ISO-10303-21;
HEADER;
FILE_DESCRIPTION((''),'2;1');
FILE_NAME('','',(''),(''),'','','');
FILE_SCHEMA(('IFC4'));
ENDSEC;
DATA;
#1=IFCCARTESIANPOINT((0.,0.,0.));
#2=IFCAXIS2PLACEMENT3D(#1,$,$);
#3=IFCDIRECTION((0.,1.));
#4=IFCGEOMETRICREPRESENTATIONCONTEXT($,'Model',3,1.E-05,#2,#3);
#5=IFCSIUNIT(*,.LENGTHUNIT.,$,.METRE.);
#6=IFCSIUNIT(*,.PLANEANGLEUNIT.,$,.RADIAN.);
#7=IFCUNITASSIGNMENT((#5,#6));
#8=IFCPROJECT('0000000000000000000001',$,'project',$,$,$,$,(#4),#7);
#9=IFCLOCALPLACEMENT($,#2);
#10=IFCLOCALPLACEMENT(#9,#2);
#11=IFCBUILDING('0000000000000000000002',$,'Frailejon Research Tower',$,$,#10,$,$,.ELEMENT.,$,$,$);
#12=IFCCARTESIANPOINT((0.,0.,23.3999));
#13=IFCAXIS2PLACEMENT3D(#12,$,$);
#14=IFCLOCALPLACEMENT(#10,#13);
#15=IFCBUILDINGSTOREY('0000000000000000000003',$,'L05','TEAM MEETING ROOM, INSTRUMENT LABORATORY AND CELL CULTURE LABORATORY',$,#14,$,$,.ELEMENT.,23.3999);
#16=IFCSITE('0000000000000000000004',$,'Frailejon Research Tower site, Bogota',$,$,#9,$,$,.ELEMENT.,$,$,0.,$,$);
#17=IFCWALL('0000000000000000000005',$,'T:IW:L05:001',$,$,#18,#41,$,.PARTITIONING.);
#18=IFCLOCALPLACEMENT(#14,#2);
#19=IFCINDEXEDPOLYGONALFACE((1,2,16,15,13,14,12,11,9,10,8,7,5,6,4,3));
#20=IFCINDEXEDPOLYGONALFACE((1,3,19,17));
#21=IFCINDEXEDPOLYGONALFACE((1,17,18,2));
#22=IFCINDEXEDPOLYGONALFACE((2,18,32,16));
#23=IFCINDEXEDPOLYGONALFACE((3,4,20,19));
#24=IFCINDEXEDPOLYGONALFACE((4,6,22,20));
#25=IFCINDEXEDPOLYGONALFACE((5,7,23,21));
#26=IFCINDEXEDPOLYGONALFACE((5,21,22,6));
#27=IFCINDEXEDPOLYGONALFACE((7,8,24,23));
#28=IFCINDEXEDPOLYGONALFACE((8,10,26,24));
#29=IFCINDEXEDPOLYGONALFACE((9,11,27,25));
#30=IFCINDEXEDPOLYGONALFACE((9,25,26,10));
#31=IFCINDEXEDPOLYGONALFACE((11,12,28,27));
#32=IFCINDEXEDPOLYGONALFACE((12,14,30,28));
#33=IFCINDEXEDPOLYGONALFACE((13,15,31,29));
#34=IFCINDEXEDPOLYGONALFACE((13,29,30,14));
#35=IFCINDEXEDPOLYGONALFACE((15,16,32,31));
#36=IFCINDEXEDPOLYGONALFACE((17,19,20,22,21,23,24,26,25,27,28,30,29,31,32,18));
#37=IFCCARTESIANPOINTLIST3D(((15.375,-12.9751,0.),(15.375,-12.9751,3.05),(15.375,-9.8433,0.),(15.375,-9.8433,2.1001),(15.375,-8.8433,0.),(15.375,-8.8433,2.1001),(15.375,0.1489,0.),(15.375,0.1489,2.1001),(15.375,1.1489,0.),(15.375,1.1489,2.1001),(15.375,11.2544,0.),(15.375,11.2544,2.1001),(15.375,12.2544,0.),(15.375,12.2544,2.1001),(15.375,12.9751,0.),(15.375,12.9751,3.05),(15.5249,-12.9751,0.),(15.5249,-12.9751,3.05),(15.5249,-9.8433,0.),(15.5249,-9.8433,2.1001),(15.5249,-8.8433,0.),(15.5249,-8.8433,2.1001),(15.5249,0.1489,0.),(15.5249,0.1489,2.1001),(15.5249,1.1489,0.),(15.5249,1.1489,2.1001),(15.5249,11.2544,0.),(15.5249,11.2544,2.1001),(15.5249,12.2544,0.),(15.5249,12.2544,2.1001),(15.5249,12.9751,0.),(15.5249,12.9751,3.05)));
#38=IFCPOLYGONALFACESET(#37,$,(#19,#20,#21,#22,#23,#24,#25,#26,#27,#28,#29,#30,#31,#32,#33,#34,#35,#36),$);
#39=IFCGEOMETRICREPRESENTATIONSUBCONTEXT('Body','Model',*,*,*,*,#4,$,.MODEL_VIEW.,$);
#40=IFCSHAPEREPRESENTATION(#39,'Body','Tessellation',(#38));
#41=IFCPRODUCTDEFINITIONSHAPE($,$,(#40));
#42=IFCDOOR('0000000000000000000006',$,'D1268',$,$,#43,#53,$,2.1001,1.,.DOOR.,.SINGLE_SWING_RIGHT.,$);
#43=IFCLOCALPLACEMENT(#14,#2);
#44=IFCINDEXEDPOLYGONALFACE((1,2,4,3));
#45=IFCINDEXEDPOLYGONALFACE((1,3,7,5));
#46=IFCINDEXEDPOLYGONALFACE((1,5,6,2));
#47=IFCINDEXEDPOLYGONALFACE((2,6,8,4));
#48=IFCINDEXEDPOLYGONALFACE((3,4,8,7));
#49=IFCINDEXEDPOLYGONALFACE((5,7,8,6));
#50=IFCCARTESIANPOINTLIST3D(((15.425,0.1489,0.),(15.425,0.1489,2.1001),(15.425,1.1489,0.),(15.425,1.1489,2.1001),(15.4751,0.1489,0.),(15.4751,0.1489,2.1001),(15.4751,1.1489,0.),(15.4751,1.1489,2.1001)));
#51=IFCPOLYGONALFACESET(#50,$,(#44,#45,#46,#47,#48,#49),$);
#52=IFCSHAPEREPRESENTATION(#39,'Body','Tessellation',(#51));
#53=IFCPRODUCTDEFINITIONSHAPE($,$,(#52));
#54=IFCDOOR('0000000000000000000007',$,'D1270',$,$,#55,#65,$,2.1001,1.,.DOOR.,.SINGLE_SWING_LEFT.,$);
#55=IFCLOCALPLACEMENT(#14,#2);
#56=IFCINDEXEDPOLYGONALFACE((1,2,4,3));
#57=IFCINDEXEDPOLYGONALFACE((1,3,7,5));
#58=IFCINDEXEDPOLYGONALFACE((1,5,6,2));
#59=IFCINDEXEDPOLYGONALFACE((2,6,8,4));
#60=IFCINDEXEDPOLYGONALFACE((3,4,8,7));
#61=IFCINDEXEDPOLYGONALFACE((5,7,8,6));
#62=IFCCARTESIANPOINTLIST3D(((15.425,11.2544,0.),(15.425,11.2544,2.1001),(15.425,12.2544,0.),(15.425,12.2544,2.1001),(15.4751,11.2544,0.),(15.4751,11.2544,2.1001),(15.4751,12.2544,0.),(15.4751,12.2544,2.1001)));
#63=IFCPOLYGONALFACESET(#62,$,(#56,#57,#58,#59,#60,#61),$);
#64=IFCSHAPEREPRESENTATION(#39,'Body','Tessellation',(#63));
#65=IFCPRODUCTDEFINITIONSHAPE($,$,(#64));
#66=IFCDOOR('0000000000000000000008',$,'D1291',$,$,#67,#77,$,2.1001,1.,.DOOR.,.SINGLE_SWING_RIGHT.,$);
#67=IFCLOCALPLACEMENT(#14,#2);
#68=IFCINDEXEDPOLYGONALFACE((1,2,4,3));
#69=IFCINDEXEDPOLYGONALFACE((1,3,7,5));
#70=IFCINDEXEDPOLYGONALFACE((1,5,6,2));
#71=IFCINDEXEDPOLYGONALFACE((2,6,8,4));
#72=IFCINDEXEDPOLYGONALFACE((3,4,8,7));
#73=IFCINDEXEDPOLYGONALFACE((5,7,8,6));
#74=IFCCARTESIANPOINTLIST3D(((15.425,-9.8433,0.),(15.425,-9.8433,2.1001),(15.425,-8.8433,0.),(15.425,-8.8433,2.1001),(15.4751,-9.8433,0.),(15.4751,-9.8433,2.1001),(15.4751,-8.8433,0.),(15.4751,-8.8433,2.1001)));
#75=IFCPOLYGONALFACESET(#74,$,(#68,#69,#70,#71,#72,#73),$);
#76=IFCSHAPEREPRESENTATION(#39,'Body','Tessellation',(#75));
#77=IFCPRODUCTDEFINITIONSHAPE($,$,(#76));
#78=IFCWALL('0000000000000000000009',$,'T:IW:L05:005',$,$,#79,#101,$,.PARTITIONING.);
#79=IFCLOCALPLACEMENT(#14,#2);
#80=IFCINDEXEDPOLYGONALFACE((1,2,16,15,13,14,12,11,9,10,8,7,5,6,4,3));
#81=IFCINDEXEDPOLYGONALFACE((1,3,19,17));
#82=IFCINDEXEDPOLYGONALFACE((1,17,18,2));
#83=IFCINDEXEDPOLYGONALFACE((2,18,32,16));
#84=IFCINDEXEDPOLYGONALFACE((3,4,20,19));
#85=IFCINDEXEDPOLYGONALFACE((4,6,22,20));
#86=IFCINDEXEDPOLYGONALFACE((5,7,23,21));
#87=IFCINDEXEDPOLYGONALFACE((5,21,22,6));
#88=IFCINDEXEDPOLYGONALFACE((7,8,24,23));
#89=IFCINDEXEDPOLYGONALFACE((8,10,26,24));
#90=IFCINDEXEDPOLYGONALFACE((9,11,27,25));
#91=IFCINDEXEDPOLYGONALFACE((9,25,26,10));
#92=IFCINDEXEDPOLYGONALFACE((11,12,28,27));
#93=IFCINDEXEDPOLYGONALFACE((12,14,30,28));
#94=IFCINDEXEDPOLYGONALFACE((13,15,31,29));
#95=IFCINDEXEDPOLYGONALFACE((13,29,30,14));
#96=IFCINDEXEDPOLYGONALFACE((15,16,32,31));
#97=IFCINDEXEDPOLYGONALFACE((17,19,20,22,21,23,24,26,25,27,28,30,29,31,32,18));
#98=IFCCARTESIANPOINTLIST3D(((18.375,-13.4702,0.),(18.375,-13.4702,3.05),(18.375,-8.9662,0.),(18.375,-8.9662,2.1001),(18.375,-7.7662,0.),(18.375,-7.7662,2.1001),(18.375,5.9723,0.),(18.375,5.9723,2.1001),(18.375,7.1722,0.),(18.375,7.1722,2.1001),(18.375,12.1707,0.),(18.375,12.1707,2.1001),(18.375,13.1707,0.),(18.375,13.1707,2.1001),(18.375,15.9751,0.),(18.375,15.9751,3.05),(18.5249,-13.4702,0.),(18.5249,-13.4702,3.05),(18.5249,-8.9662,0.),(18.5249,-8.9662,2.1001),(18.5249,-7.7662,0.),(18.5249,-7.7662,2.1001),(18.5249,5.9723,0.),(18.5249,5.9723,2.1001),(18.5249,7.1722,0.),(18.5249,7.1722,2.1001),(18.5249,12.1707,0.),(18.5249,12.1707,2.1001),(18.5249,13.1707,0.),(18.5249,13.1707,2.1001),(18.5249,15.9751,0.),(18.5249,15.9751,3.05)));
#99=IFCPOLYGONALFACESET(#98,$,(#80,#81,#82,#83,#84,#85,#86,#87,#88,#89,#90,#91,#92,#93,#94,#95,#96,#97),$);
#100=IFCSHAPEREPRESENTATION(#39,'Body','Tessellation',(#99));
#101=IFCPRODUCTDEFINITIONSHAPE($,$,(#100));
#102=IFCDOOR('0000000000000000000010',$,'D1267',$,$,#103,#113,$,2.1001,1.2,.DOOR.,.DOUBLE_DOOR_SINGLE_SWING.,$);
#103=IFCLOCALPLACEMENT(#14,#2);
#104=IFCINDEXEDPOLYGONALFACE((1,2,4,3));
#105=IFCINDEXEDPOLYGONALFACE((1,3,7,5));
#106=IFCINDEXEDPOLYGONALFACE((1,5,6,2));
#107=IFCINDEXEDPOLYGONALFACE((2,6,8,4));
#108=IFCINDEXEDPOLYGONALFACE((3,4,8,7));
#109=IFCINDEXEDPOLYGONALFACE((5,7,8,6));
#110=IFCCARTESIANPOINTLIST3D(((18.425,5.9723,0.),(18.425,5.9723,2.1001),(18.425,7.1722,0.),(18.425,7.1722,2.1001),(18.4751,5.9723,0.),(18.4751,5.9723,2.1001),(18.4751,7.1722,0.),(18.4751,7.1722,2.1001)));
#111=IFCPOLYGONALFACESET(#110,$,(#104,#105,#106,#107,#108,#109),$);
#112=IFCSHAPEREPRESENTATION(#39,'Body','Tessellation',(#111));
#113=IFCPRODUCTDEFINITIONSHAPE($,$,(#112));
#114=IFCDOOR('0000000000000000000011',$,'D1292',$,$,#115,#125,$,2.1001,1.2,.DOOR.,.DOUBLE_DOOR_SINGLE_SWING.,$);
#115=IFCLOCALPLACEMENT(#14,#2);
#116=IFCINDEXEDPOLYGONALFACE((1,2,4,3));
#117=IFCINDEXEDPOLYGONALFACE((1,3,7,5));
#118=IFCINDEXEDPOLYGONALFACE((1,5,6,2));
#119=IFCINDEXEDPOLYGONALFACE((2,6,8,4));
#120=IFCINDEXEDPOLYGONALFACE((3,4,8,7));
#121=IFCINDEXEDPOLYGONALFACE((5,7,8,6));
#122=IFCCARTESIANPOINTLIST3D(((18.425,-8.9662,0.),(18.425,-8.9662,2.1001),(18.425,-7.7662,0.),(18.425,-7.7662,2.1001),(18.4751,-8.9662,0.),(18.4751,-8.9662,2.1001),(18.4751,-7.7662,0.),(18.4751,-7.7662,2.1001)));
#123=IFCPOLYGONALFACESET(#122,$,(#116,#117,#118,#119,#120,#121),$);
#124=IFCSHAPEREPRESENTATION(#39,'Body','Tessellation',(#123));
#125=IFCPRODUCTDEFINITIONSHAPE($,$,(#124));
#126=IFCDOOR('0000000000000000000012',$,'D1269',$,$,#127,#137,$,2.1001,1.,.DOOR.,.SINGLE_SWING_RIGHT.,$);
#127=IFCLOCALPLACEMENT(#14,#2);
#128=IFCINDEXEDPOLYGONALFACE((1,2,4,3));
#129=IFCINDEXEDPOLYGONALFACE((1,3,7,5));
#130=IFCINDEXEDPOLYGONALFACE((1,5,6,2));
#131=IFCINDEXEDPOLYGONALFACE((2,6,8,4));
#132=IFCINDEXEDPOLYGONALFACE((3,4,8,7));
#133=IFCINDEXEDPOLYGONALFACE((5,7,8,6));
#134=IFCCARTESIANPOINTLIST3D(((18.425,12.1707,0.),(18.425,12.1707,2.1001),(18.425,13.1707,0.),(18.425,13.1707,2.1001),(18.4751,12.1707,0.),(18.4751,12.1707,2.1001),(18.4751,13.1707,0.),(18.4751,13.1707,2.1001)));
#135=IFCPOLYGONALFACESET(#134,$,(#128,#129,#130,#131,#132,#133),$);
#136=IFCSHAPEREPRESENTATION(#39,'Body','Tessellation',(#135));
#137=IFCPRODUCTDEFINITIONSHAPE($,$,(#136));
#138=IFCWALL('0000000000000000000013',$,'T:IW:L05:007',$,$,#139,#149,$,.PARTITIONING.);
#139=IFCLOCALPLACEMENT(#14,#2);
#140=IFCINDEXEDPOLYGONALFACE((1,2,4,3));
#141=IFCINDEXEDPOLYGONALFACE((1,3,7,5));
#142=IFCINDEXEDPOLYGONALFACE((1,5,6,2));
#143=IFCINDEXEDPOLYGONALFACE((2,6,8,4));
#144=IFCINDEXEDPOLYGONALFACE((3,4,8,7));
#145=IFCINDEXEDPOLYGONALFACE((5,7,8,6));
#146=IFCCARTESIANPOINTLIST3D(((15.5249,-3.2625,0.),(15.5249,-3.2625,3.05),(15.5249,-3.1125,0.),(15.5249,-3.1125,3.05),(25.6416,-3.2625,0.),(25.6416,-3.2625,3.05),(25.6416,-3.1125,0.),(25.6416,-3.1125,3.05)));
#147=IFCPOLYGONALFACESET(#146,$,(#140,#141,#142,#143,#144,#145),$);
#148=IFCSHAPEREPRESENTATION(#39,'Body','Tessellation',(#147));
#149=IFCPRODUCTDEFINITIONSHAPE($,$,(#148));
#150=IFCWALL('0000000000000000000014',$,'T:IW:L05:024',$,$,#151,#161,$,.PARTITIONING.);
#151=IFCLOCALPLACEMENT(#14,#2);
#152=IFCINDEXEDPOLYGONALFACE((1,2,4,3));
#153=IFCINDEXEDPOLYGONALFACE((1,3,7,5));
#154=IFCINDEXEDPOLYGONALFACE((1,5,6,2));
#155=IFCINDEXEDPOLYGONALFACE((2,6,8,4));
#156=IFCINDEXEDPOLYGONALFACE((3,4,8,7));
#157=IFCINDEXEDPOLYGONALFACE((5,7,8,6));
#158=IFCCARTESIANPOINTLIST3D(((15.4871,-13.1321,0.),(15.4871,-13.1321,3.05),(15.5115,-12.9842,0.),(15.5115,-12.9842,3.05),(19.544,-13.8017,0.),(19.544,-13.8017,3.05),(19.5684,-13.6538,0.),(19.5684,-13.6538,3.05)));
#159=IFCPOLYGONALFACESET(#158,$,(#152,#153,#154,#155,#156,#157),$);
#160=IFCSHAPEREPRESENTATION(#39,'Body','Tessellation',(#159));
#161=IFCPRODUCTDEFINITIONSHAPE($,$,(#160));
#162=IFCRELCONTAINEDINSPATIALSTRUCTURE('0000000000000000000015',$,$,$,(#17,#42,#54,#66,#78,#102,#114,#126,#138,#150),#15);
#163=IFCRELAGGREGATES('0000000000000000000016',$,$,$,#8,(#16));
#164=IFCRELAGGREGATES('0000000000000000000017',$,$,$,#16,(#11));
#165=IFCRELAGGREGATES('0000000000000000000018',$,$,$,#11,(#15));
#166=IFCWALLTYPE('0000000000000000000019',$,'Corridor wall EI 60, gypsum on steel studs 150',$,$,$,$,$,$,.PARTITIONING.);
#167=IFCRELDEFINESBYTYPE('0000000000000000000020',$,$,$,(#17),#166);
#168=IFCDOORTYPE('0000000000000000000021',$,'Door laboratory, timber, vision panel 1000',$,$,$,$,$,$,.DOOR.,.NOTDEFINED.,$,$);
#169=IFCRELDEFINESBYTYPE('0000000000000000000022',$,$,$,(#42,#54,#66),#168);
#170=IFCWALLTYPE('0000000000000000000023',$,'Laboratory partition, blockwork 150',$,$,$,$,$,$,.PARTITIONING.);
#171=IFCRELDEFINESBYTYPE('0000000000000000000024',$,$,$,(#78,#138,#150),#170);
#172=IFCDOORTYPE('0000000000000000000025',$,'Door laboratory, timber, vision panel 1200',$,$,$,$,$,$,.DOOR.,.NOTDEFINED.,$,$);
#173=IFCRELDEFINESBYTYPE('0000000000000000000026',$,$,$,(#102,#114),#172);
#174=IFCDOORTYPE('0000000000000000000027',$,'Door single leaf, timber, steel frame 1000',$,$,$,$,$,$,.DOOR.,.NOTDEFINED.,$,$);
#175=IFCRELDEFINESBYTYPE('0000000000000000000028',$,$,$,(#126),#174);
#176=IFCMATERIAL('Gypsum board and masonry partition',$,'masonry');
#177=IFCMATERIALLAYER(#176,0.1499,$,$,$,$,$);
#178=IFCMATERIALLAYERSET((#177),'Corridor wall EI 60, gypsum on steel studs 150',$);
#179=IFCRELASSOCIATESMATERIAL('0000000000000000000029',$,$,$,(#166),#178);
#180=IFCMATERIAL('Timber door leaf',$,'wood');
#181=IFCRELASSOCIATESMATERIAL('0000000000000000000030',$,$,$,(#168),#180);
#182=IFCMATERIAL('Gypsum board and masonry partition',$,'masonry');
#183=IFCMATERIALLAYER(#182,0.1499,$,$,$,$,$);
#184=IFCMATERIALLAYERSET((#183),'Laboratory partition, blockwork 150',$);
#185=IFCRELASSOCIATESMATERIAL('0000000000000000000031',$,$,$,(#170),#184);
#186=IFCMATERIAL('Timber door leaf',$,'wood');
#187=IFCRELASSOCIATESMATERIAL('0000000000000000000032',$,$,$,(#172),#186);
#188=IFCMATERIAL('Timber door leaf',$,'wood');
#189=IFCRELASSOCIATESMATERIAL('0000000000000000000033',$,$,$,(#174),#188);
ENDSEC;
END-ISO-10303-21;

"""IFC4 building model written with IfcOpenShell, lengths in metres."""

from ifc_helpers import new_model, si_unit, direction, frame, frame_2d, origin, place, context, subcontext, project, spatial, rectangle, extrude, material, layer, layer_set, type_object, element, fill, save


model = new_model("IFC4")

# Units and contexts
model_context = context("Model", 3, precision=1e-05, world=origin(), true_north=direction((0.0, 1.0)))
body_context = subcontext(model_context, "Body", "Model", "MODEL_VIEW")
ifc_project = project(units=[si_unit("LENGTHUNIT", "METRE"), si_unit("PLANEANGLEUNIT", "RADIAN")], contexts=[model_context])

# Site, building, storey
site_placement = place(None, origin())
site = spatial("IfcSite", under=ifc_project, at=site_placement, Name="Frailejon Research Tower site, Bogota", CompositionType="ELEMENT", RefElevation=0.0)
building_placement = place(site_placement, origin())
building = spatial("IfcBuilding", under=site, at=building_placement, Name="Frailejon Research Tower", CompositionType="ELEMENT")
storey_placement = place(building_placement, frame((0.0, 0.0, 23.3999)))
storey = spatial("IfcBuildingStorey", under=building, at=storey_placement, Name="L05", Description="TEAM MEETING ROOM, INSTRUMENT LABORATORY AND CELL CULTURE LABORATORY", CompositionType="ELEMENT", Elevation=23.3999)

# Walls, openings, doors
ifc_material_1 = material(Name="Gypsum board and masonry partition", Category="masonry")
ifc_layer_1 = layer(ifc_material_1, 0.1499)
ifc_layer_set_1 = layer_set([ifc_layer_1], Name="Corridor wall EI 60, gypsum on steel studs 150")
wall_type_1 = type_object("IfcWallType", Name="Corridor wall EI 60, gypsum on steel studs 150", PredefinedType="PARTITIONING", material=ifc_layer_set_1)
wall_1_placement = place(storey_placement, frame((15.45, -12.9751, 0.0), z_axis=(0.0, 0.0, 1.0), x_axis=(0.0, 1.0, 0.0)))
wall_1 = element("IfcWall", 1, at=wall_1_placement, inside=storey, type_object=wall_type_1, Name="T:IW:L05:001", PredefinedType="PARTITIONING", context=body_context, shape_type="SweptSolid", body=[
    extrude(rectangle(XDim=25.9502, YDim=0.1499, at=frame_2d((12.9751, 0.0))), origin(), (0.0, 0.0, 1.0), 3.05),
])
opening_1_placement = place(wall_1_placement, frame((13.124, 0.0, 0.0)))
opening_1 = element("IfcOpeningElement", 2, at=opening_1_placement, cuts=wall_1, PredefinedType="OPENING", context=body_context, shape_type="SweptSolid", body=[
    extrude(rectangle(XDim=1.0, YDim=2.1001, at=frame_2d((0.5, 1.05))), frame((0.0, 0.085, 0.0), z_axis=(0.0, -1.0, 0.0), x_axis=(1.0, 0.0, 0.0)), (0.0, 0.0, 1.0), 0.1699),
])
opening_2_placement = place(wall_1_placement, frame((24.2295, 0.0, 0.0)))
opening_2 = element("IfcOpeningElement", 3, at=opening_2_placement, cuts=wall_1, PredefinedType="OPENING", context=body_context, shape_type="SweptSolid", body=[
    extrude(rectangle(XDim=1.0, YDim=2.1001, at=frame_2d((0.5, 1.05))), frame((0.0, 0.085, 0.0), z_axis=(0.0, -1.0, 0.0), x_axis=(1.0, 0.0, 0.0)), (0.0, 0.0, 1.0), 0.1699),
])
opening_3_placement = place(wall_1_placement, frame((3.1318, 0.0, 0.0)))
opening_3 = element("IfcOpeningElement", 4, at=opening_3_placement, cuts=wall_1, PredefinedType="OPENING", context=body_context, shape_type="SweptSolid", body=[
    extrude(rectangle(XDim=1.0, YDim=2.1001, at=frame_2d((0.5, 1.05))), frame((0.0, 0.085, 0.0), z_axis=(0.0, -1.0, 0.0), x_axis=(1.0, 0.0, 0.0)), (0.0, 0.0, 1.0), 0.1699),
])
ifc_material_2 = material(Name="Timber door leaf", Category="wood")
door_type_1 = type_object("IfcDoorType", Name="Door laboratory, timber, vision panel 1000", OperationType="NOTDEFINED", PredefinedType="DOOR", material=ifc_material_2)
door_1_placement = place(opening_1_placement, origin())
door_1 = element("IfcDoor", 5, at=door_1_placement, inside=storey, type_object=door_type_1, Name="D1268", OperationType="SINGLE_SWING_RIGHT", OverallHeight=2.1001, OverallWidth=1.0, PredefinedType="DOOR", context=body_context, shape_type="SweptSolid", body=[
    extrude(rectangle(XDim=1.0, YDim=2.1001, at=frame_2d((0.5, 1.05))), frame((0.0, 0.0249, 0.0), z_axis=(0.0, -1.0, 0.0), x_axis=(1.0, 0.0, 0.0)), (0.0, 0.0, 1.0), 0.05),
])
fill(opening_1, door_1)
door_2_placement = place(opening_2_placement, origin())
door_2 = element("IfcDoor", 6, at=door_2_placement, inside=storey, type_object=door_type_1, Name="D1270", OperationType="SINGLE_SWING_LEFT", OverallHeight=2.1001, OverallWidth=1.0, PredefinedType="DOOR", context=body_context, shape_type="SweptSolid", body=[
    extrude(rectangle(XDim=1.0, YDim=2.1001, at=frame_2d((0.5, 1.05))), frame((0.0, 0.0249, 0.0), z_axis=(0.0, -1.0, 0.0), x_axis=(1.0, 0.0, 0.0)), (0.0, 0.0, 1.0), 0.05),
])
fill(opening_2, door_2)
door_3_placement = place(opening_3_placement, origin())
door_3 = element("IfcDoor", 7, at=door_3_placement, inside=storey, type_object=door_type_1, Name="D1291", OperationType="SINGLE_SWING_RIGHT", OverallHeight=2.1001, OverallWidth=1.0, PredefinedType="DOOR", context=body_context, shape_type="SweptSolid", body=[
    extrude(rectangle(XDim=1.0, YDim=2.1001, at=frame_2d((0.5, 1.05))), frame((0.0, 0.0249, 0.0), z_axis=(0.0, -1.0, 0.0), x_axis=(1.0, 0.0, 0.0)), (0.0, 0.0, 1.0), 0.05),
])
fill(opening_3, door_3)
ifc_material_3 = material(Name="Gypsum board and masonry partition", Category="masonry")
ifc_layer_2 = layer(ifc_material_3, 0.1499)
ifc_layer_set_2 = layer_set([ifc_layer_2], Name="Laboratory partition, blockwork 150")
wall_type_2 = type_object("IfcWallType", Name="Laboratory partition, blockwork 150", PredefinedType="PARTITIONING", material=ifc_layer_set_2)
wall_2_placement = place(storey_placement, frame((18.45, -13.4702, 0.0), z_axis=(0.0, 0.0, 1.0), x_axis=(0.0, 1.0, 0.0)))
wall_2 = element("IfcWall", 8, at=wall_2_placement, inside=storey, type_object=wall_type_2, Name="T:IW:L05:005", PredefinedType="PARTITIONING", context=body_context, shape_type="SweptSolid", body=[
    extrude(rectangle(XDim=29.4453, YDim=0.1499, at=frame_2d((14.7227, 0.0))), origin(), (0.0, 0.0, 1.0), 3.05),
])
opening_4_placement = place(wall_2_placement, frame((19.4424, 0.0, 0.0)))
opening_4 = element("IfcOpeningElement", 9, at=opening_4_placement, cuts=wall_2, PredefinedType="OPENING", context=body_context, shape_type="SweptSolid", body=[
    extrude(rectangle(XDim=1.2, YDim=2.1001, at=frame_2d((0.6001, 1.05))), frame((0.0, 0.085, 0.0), z_axis=(0.0, -1.0, 0.0), x_axis=(1.0, 0.0, 0.0)), (0.0, 0.0, 1.0), 0.1699),
])
opening_5_placement = place(wall_2_placement, frame((25.6409, 0.0, 0.0)))
opening_5 = element("IfcOpeningElement", 10, at=opening_5_placement, cuts=wall_2, PredefinedType="OPENING", context=body_context, shape_type="SweptSolid", body=[
    extrude(rectangle(XDim=1.0, YDim=2.1001, at=frame_2d((0.5, 1.05))), frame((0.0, 0.085, 0.0), z_axis=(0.0, -1.0, 0.0), x_axis=(1.0, 0.0, 0.0)), (0.0, 0.0, 1.0), 0.1699),
])
opening_6_placement = place(wall_2_placement, frame((4.5039, 0.0, 0.0)))
opening_6 = element("IfcOpeningElement", 11, at=opening_6_placement, cuts=wall_2, PredefinedType="OPENING", context=body_context, shape_type="SweptSolid", body=[
    extrude(rectangle(XDim=1.2, YDim=2.1001, at=frame_2d((0.6001, 1.05))), frame((0.0, 0.085, 0.0), z_axis=(0.0, -1.0, 0.0), x_axis=(1.0, 0.0, 0.0)), (0.0, 0.0, 1.0), 0.1699),
])
ifc_material_4 = material(Name="Timber door leaf", Category="wood")
door_type_2 = type_object("IfcDoorType", Name="Door laboratory, timber, vision panel 1200", OperationType="NOTDEFINED", PredefinedType="DOOR", material=ifc_material_4)
door_4_placement = place(opening_4_placement, origin())
door_4 = element("IfcDoor", 12, at=door_4_placement, inside=storey, type_object=door_type_2, Name="D1267", OperationType="DOUBLE_DOOR_SINGLE_SWING", OverallHeight=2.1001, OverallWidth=1.2, PredefinedType="DOOR", context=body_context, shape_type="SweptSolid", body=[
    extrude(rectangle(XDim=1.2, YDim=2.1001, at=frame_2d((0.6001, 1.05))), frame((0.0, 0.0249, 0.0), z_axis=(0.0, -1.0, 0.0), x_axis=(1.0, 0.0, 0.0)), (0.0, 0.0, 1.0), 0.05),
])
fill(opening_4, door_4)
door_5_placement = place(opening_6_placement, origin())
door_5 = element("IfcDoor", 13, at=door_5_placement, inside=storey, type_object=door_type_2, Name="D1292", OperationType="DOUBLE_DOOR_SINGLE_SWING", OverallHeight=2.1001, OverallWidth=1.2, PredefinedType="DOOR", context=body_context, shape_type="SweptSolid", body=[
    extrude(rectangle(XDim=1.2, YDim=2.1001, at=frame_2d((0.6001, 1.05))), frame((0.0, 0.0249, 0.0), z_axis=(0.0, -1.0, 0.0), x_axis=(1.0, 0.0, 0.0)), (0.0, 0.0, 1.0), 0.05),
])
fill(opening_6, door_5)
ifc_material_5 = material(Name="Timber door leaf", Category="wood")
door_type_3 = type_object("IfcDoorType", Name="Door single leaf, timber, steel frame 1000", OperationType="NOTDEFINED", PredefinedType="DOOR", material=ifc_material_5)
door_6_placement = place(opening_5_placement, origin())
door_6 = element("IfcDoor", 14, at=door_6_placement, inside=storey, type_object=door_type_3, Name="D1269", OperationType="SINGLE_SWING_RIGHT", OverallHeight=2.1001, OverallWidth=1.0, PredefinedType="DOOR", context=body_context, shape_type="SweptSolid", body=[
    extrude(rectangle(XDim=1.0, YDim=2.1001, at=frame_2d((0.5, 1.05))), frame((0.0, 0.0249, 0.0), z_axis=(0.0, -1.0, 0.0), x_axis=(1.0, 0.0, 0.0)), (0.0, 0.0, 1.0), 0.05),
])
fill(opening_5, door_6)

# Walls
wall_3_placement = place(storey_placement, frame((15.5249, -3.1875, 0.0), z_axis=(0.0, 0.0, 1.0), x_axis=(1.0, 0.0, 0.0)))
element("IfcWall", 15, at=wall_3_placement, inside=storey, type_object=wall_type_2, Name="T:IW:L05:007", PredefinedType="PARTITIONING", context=body_context, shape_type="SweptSolid", body=[
    extrude(rectangle(XDim=10.1167, YDim=0.1499, at=frame_2d((5.0583, 0.0))), origin(), (0.0, 0.0, 1.0), 3.05),
])
wall_4_placement = place(storey_placement, frame((15.4993, -13.0581, 0.0), z_axis=(0.0, 0.0, 1.0), x_axis=(0.986648, -0.162868, 0.0)))
element("IfcWall", 16, at=wall_4_placement, inside=storey, type_object=wall_type_2, Name="T:IW:L05:024", PredefinedType="PARTITIONING", context=body_context, shape_type="SweptSolid", body=[
    extrude(rectangle(XDim=4.1118, YDim=0.1499, at=frame_2d((2.0559, 0.0))), origin(), (0.0, 0.0, 1.0), 3.05),
])

save(model, "model.ifc")
